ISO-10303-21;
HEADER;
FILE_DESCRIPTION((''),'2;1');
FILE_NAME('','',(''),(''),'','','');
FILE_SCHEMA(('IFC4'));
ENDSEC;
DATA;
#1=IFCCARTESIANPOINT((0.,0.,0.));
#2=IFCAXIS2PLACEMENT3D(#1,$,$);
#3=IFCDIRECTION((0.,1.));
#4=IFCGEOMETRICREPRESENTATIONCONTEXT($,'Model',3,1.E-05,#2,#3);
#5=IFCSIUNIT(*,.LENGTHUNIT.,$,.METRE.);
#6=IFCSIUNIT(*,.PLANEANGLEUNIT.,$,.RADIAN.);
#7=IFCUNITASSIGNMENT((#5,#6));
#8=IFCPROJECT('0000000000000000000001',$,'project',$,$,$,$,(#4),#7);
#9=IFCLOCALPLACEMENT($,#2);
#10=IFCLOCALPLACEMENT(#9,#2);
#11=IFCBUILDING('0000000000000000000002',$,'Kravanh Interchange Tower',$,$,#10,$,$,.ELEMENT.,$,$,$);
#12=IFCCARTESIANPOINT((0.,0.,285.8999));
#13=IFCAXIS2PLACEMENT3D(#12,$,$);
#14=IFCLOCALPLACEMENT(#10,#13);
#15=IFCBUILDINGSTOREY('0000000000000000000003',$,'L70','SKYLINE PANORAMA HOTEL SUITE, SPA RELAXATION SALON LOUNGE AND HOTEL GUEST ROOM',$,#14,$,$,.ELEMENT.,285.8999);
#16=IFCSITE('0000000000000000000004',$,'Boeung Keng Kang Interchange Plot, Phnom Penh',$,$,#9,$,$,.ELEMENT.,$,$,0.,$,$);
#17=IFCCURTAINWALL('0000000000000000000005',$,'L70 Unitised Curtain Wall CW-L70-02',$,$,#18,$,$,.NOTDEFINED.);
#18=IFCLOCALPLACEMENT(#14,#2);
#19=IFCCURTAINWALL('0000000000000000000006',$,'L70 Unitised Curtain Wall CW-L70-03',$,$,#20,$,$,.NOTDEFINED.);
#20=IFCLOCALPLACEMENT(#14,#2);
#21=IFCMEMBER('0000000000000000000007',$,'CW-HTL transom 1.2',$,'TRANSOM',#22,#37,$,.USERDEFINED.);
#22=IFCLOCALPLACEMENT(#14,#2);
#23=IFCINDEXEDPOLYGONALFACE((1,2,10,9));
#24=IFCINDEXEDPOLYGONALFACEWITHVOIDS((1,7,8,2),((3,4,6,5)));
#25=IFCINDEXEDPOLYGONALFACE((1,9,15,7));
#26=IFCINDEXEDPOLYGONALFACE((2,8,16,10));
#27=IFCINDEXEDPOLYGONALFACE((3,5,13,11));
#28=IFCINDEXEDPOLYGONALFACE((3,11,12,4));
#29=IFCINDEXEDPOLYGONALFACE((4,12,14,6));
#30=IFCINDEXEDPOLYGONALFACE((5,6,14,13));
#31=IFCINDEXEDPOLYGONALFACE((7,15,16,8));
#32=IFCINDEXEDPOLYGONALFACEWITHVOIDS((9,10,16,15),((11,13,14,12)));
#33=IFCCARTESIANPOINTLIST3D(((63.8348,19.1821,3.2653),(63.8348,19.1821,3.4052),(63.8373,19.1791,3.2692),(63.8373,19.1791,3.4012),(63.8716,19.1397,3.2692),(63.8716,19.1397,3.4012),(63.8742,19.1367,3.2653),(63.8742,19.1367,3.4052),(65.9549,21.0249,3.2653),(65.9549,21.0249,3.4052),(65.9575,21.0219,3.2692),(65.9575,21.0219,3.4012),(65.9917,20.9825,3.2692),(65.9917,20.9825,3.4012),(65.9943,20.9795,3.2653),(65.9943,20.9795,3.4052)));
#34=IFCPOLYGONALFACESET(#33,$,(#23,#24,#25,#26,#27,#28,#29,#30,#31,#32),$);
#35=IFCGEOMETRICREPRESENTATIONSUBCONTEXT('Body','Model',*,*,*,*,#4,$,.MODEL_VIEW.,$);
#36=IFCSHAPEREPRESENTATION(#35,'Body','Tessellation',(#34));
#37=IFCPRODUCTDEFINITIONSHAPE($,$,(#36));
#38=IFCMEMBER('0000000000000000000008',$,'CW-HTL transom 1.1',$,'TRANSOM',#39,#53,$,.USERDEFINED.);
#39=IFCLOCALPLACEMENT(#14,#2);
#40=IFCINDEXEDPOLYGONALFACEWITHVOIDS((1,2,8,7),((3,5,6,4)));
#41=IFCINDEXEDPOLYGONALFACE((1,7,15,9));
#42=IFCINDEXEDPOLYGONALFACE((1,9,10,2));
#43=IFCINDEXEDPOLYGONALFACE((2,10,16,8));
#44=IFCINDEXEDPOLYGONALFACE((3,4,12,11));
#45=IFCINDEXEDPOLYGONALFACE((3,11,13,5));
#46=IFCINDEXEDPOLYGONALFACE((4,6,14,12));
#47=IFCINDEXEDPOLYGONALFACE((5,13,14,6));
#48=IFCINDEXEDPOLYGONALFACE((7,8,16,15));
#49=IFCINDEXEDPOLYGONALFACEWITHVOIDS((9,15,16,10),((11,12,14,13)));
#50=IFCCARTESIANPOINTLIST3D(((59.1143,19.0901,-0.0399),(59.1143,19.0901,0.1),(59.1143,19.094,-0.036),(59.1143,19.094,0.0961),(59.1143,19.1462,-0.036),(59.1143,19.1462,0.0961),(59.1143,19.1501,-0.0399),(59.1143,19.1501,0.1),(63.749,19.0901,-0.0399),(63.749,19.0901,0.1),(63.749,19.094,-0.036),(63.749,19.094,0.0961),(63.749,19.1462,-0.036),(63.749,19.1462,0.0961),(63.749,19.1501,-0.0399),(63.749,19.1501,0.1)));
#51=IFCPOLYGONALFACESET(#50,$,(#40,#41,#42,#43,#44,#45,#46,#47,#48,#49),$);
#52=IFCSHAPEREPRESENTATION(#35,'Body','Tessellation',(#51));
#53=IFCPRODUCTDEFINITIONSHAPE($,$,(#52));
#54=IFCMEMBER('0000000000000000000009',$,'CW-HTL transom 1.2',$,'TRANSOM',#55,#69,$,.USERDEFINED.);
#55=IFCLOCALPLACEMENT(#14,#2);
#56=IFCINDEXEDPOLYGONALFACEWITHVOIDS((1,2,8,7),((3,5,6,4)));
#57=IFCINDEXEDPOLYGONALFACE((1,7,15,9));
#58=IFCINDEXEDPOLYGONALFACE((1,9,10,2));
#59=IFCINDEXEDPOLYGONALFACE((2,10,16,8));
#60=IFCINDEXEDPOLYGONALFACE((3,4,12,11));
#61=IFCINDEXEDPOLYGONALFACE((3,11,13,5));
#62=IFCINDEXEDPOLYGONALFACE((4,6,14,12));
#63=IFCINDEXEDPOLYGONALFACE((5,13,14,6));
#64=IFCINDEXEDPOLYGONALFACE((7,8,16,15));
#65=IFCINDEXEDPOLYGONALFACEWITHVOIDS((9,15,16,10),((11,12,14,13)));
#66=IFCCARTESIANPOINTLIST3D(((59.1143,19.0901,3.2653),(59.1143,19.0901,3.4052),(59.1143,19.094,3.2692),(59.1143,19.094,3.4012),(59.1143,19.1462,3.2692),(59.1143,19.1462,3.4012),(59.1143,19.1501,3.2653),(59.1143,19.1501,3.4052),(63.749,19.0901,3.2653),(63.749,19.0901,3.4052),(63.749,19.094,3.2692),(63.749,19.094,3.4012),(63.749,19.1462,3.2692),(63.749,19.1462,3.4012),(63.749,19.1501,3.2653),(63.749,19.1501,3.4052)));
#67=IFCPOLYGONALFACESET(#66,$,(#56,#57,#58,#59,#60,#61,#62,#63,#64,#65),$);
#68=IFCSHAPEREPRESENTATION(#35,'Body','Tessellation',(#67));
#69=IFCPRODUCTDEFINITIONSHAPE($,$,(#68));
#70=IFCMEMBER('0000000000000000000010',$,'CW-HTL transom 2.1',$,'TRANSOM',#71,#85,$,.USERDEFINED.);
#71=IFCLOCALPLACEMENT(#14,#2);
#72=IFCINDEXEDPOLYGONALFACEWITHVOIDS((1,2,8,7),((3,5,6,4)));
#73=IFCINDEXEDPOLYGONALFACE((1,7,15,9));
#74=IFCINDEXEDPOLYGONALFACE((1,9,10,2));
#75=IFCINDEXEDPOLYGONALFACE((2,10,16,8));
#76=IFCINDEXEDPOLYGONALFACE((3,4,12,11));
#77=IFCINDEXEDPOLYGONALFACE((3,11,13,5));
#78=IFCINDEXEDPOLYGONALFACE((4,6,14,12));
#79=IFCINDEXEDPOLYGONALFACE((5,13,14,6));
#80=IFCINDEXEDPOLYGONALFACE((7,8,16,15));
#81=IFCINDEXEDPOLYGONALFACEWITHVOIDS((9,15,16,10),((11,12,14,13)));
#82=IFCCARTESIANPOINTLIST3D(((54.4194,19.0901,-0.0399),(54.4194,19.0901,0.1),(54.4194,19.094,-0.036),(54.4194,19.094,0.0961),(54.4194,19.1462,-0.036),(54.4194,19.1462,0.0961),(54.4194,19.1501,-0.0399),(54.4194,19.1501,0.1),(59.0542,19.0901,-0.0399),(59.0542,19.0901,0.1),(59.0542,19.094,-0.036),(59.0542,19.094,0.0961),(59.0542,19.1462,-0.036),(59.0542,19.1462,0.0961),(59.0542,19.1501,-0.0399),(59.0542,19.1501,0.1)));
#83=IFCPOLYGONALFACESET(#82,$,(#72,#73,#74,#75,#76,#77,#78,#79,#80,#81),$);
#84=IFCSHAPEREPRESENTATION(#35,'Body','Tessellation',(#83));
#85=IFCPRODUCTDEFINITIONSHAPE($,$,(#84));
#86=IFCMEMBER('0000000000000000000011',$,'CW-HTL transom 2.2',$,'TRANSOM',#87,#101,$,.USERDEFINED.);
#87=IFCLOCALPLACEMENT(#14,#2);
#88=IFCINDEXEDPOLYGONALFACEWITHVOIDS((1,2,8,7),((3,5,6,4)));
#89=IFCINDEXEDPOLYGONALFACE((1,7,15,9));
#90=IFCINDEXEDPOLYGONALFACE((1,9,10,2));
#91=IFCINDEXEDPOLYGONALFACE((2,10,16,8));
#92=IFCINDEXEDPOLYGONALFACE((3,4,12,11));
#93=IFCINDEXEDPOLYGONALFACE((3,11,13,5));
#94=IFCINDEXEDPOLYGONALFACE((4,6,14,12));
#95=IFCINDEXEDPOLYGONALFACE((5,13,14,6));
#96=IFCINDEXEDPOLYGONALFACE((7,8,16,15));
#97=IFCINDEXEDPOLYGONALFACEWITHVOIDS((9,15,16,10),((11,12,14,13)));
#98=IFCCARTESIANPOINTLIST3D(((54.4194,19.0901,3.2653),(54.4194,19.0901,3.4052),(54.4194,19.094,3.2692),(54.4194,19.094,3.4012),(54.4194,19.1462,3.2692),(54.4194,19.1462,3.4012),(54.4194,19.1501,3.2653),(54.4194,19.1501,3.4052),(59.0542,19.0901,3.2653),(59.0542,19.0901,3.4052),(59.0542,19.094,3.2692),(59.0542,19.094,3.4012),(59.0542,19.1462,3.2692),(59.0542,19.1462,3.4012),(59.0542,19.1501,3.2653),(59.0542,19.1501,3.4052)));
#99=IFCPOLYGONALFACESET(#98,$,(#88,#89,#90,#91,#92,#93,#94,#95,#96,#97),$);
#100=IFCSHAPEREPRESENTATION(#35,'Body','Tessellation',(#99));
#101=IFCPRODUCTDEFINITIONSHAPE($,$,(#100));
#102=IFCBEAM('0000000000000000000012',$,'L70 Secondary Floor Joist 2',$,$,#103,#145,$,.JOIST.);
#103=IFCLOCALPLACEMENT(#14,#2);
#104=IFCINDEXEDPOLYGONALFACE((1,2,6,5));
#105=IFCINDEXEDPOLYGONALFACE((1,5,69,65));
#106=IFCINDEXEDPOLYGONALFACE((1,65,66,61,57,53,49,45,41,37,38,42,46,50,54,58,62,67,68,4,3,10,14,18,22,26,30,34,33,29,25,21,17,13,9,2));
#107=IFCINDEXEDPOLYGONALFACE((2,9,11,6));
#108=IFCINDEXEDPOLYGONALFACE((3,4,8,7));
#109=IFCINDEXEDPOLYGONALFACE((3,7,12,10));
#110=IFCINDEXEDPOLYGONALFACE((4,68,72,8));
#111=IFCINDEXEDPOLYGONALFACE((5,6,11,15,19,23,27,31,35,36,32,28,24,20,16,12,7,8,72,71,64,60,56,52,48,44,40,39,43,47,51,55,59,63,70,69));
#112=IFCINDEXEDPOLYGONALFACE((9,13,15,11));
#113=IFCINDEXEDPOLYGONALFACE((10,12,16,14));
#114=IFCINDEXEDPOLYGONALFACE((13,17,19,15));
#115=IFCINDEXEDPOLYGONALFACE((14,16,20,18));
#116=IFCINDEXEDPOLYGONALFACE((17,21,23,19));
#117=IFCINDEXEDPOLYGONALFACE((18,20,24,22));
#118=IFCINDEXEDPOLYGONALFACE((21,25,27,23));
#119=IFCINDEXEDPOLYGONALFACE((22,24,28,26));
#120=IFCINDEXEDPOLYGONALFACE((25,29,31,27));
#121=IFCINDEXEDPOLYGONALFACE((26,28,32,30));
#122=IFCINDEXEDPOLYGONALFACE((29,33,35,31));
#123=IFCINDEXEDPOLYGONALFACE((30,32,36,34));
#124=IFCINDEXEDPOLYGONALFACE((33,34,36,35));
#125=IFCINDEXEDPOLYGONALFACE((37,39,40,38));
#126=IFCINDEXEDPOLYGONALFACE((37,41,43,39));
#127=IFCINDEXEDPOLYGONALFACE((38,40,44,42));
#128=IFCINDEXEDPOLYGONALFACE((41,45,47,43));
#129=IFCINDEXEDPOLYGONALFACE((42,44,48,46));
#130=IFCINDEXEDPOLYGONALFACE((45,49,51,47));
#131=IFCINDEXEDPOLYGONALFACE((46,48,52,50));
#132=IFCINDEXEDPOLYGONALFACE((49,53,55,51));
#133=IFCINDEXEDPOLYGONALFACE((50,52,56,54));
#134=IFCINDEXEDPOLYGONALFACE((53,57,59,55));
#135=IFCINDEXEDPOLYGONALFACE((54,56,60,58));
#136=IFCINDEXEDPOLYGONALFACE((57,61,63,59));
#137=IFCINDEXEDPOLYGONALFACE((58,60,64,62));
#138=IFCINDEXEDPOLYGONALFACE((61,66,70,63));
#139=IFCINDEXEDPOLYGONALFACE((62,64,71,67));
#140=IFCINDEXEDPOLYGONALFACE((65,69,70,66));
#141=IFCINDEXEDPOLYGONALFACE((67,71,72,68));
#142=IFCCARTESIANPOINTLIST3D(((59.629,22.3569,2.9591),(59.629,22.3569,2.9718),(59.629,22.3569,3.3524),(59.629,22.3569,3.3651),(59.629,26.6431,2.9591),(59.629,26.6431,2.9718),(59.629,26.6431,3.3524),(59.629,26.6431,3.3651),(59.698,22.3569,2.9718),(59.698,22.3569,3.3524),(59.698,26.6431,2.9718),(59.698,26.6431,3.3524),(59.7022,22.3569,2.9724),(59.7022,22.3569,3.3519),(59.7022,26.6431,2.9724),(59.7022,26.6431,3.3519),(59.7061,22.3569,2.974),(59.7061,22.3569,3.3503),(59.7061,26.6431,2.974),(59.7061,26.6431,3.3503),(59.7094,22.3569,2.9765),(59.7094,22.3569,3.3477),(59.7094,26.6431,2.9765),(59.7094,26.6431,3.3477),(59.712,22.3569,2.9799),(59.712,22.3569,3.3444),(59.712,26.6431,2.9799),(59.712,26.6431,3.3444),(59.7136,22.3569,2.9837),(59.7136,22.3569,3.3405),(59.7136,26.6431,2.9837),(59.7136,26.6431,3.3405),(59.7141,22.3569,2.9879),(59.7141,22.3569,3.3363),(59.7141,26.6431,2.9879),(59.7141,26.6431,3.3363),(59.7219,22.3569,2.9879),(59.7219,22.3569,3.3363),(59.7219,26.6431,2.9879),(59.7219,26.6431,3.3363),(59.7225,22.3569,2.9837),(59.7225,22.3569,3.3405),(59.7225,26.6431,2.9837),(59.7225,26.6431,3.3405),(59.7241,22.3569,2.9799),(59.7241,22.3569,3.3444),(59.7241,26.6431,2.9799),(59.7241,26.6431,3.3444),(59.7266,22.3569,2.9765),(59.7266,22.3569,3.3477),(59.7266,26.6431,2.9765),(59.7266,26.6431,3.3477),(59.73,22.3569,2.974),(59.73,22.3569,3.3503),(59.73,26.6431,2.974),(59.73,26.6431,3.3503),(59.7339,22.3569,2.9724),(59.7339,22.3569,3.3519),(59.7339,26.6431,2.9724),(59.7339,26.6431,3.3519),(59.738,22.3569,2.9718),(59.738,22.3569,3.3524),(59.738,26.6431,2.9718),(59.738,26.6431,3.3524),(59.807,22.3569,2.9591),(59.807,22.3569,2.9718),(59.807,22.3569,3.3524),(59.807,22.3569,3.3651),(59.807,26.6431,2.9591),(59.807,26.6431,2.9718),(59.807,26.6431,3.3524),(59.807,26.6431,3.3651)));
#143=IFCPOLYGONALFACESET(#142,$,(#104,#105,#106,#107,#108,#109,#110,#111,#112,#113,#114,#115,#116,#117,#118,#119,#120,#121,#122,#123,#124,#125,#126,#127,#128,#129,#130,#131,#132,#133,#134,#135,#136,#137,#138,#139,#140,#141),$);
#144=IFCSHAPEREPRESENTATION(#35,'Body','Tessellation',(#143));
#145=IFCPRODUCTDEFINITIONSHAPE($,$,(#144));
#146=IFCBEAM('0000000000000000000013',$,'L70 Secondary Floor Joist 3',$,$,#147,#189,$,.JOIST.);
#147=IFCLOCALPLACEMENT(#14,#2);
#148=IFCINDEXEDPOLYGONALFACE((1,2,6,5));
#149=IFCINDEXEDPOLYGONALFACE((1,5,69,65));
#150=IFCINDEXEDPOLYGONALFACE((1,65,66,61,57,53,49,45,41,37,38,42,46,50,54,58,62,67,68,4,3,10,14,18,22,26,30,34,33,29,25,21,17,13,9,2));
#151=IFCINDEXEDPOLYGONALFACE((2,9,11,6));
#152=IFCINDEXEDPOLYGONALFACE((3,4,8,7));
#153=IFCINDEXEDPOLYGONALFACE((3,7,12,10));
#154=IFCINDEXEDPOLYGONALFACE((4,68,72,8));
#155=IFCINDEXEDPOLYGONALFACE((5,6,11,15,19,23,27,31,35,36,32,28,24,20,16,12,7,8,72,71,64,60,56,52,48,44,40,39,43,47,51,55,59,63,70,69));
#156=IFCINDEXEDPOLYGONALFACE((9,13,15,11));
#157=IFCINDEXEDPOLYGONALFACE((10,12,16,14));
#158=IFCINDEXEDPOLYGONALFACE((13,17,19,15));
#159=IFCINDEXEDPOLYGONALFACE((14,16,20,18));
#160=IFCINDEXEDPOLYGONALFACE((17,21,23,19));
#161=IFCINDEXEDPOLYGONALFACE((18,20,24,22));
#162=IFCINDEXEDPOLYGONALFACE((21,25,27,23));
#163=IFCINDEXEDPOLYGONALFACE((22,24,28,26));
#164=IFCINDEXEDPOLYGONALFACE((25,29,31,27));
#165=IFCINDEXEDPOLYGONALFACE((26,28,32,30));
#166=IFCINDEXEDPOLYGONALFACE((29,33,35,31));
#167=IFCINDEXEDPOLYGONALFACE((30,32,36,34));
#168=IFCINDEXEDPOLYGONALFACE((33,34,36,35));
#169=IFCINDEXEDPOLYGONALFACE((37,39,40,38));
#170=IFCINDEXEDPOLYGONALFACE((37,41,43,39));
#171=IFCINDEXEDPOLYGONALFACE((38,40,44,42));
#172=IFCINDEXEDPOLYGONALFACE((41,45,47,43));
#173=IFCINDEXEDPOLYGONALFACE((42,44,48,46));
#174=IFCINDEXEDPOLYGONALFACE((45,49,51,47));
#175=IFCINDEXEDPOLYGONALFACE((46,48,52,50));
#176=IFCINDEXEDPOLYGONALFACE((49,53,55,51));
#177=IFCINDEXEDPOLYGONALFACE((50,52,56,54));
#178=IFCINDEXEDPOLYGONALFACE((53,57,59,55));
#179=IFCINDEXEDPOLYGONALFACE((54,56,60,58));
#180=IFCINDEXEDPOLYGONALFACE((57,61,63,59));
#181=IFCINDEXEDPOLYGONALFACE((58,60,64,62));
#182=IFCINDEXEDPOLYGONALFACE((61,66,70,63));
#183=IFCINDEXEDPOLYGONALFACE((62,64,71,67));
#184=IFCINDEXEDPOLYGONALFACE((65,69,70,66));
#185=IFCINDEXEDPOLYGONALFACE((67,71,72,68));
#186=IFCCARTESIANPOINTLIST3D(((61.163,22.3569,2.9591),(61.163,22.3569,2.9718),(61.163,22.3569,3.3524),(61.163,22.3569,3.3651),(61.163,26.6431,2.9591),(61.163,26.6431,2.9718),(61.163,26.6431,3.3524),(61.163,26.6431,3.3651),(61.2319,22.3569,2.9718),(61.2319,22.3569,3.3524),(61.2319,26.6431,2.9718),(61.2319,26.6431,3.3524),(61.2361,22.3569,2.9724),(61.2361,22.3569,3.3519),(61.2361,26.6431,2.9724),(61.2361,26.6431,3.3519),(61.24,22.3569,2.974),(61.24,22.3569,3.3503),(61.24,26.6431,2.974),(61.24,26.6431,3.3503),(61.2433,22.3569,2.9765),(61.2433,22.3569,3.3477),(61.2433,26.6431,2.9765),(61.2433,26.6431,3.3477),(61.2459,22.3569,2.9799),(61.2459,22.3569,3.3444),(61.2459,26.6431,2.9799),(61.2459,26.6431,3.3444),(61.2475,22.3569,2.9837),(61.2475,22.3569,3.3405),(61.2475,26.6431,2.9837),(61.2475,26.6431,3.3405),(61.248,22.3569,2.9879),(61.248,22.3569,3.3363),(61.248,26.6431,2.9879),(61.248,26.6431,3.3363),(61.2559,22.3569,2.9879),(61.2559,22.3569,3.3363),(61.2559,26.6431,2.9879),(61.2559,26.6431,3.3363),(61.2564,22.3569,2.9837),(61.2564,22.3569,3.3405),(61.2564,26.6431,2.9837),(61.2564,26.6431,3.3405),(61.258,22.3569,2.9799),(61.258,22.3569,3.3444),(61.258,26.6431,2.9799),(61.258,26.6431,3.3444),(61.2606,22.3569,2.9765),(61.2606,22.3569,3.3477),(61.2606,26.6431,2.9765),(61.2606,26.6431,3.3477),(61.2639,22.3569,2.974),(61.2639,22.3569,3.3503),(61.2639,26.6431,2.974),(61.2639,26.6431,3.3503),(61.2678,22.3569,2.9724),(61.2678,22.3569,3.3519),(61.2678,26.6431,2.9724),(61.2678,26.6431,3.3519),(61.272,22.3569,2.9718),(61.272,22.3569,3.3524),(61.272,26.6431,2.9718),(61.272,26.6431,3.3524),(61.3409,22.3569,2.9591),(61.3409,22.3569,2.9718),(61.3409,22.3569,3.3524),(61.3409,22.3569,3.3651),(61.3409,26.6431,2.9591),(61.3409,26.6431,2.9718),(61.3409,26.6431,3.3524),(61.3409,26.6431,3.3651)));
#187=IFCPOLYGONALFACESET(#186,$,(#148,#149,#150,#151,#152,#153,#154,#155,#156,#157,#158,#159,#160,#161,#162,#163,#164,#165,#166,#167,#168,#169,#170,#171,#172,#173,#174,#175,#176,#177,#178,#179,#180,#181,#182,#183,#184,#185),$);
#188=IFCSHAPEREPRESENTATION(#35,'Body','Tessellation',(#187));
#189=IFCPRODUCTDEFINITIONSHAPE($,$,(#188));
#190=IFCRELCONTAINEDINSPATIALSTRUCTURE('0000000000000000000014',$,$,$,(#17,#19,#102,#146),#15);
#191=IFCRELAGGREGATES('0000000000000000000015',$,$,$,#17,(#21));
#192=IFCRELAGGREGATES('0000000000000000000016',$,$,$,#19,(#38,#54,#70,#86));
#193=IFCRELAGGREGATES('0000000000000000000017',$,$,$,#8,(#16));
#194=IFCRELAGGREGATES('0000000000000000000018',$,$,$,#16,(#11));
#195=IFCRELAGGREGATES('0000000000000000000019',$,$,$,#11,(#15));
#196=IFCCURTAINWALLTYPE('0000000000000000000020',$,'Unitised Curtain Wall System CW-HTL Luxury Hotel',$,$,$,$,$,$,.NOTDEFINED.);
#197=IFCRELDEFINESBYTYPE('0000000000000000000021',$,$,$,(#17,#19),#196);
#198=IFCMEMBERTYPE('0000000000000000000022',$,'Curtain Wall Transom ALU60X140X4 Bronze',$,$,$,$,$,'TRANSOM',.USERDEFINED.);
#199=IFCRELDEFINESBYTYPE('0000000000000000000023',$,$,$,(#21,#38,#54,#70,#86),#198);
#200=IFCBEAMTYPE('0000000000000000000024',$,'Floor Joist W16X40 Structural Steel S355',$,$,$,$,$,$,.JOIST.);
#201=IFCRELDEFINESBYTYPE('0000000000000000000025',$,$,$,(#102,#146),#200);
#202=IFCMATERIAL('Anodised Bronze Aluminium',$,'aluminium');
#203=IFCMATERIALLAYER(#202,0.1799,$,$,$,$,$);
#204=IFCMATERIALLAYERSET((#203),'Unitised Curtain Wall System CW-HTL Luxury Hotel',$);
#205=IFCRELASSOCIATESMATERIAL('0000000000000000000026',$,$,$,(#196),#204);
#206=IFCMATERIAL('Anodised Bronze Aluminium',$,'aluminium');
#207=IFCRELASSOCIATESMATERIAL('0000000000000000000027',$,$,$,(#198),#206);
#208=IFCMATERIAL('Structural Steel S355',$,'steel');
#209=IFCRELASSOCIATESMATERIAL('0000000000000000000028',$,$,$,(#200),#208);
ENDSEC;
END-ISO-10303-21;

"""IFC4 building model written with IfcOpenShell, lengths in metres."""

from ifc_helpers import new_model, si_unit, direction, frame, origin, origin_2d, place, context, subcontext, project, spatial, hollow_rectangle, i_section, extrude, material, layer, layer_set, material_profile, profile_set, type_object, element, aggregate, save


model = new_model("IFC4")

# Units and contexts
model_context = context("Model", 3, precision=1e-05, world=origin(), true_north=direction((0.0, 1.0)))
body_context = subcontext(model_context, "Body", "Model", "MODEL_VIEW")
ifc_project = project(units=[si_unit("LENGTHUNIT", "METRE"), si_unit("PLANEANGLEUNIT", "RADIAN")], contexts=[model_context])

# Site, building, storey
site_placement = place(None, origin())
site = spatial("IfcSite", under=ifc_project, at=site_placement, Name="Boeung Keng Kang Interchange Plot, Phnom Penh", CompositionType="ELEMENT", RefElevation=0.0)
building_placement = place(site_placement, origin())
building = spatial("IfcBuilding", under=site, at=building_placement, Name="Kravanh Interchange Tower", CompositionType="ELEMENT")
storey_placement = place(building_placement, frame((0.0, 0.0, 285.8999)))
storey = spatial("IfcBuildingStorey", under=building, at=storey_placement, Name="L70", Description="SKYLINE PANORAMA HOTEL SUITE, SPA RELAXATION SALON LOUNGE AND HOTEL GUEST ROOM", CompositionType="ELEMENT", Elevation=285.8999)

# Curtain walls
ifc_material_1 = material(Name="Anodised Bronze Aluminium", Category="aluminium")
ifc_layer_1 = layer(ifc_material_1, 0.1799)
ifc_layer_set_1 = layer_set([ifc_layer_1], Name="Unitised Curtain Wall System CW-HTL Luxury Hotel")
curtain_wall_type = type_object("IfcCurtainWallType", Name="Unitised Curtain Wall System CW-HTL Luxury Hotel", PredefinedType="NOTDEFINED", material=ifc_layer_set_1)
curtain_wall_1_placement = place(storey_placement, origin())
curtain_wall_1 = element("IfcCurtainWall", 1, at=curtain_wall_1_placement, inside=storey, type_object=curtain_wall_type, Name="L70 Unitised Curtain Wall CW-L70-02", PredefinedType="NOTDEFINED")
curtain_wall_2_placement = place(storey_placement, origin())
curtain_wall_2 = element("IfcCurtainWall", 2, at=curtain_wall_2_placement, inside=storey, type_object=curtain_wall_type, Name="L70 Unitised Curtain Wall CW-L70-03", PredefinedType="NOTDEFINED")

# Members
ifc_material_2 = material(Name="Anodised Bronze Aluminium", Category="aluminium")
ifc_material_profile_1 = material_profile(ifc_material_2, hollow_rectangle(XDim=0.0601, YDim=0.1399, WallThickness=0.0039, at=origin_2d()), Name="ALU60X140X4")
ifc_profile_set_1 = profile_set([ifc_material_profile_1], Name="Anodised Bronze Aluminium")
member_type_1 = type_object("IfcMemberType", Name="Curtain Wall Transom ALU60X140X4 Bronze", ElementType="TRANSOM", PredefinedType="USERDEFINED", material=ifc_profile_set_1)
member_1_placement = place(storey_placement, frame((65.9746, 21.0022, 3.3352), z_axis=(-0.754748, -0.656015, 0.0), x_axis=(0.656015, -0.754748, 0.0)))
member_1 = element("IfcMember", 3, at=member_1_placement, type_object=member_type_1, Name="CW-HTL transom 1.2", ObjectType="TRANSOM", PredefinedType="USERDEFINED", context=body_context, shape_type="SweptSolid", body=[
    extrude(hollow_rectangle(XDim=0.0601, YDim=0.1399, WallThickness=0.0039, at=origin_2d()), origin(), (0.0, 0.0, 1.0), 2.8091),
])
member_2_placement = place(storey_placement, frame((63.749, 19.1201, 0.03), z_axis=(-1.0, 0.0, 0.0), x_axis=(0.0, -1.0, 0.0)))
member_2 = element("IfcMember", 4, at=member_2_placement, type_object=member_type_1, Name="CW-HTL transom 1.1", ObjectType="TRANSOM", PredefinedType="USERDEFINED", context=body_context, shape_type="SweptSolid", body=[
    extrude(hollow_rectangle(XDim=0.0601, YDim=0.1399, WallThickness=0.0039, at=origin_2d()), origin(), (0.0, 0.0, 1.0), 4.6348),
])
member_3_placement = place(storey_placement, frame((63.749, 19.1201, 3.3352), z_axis=(-1.0, 0.0, 0.0), x_axis=(0.0, -1.0, 0.0)))
member_3 = element("IfcMember", 5, at=member_3_placement, type_object=member_type_1, Name="CW-HTL transom 1.2", ObjectType="TRANSOM", PredefinedType="USERDEFINED", context=body_context, shape_type="SweptSolid", body=[
    extrude(hollow_rectangle(XDim=0.0601, YDim=0.1399, WallThickness=0.0039, at=origin_2d()), origin(), (0.0, 0.0, 1.0), 4.6348),
])
member_4_placement = place(storey_placement, frame((59.0542, 19.1201, 0.03), z_axis=(-1.0, 0.0, 0.0), x_axis=(0.0, -1.0, 0.0)))
member_4 = element("IfcMember", 6, at=member_4_placement, type_object=member_type_1, Name="CW-HTL transom 2.1", ObjectType="TRANSOM", PredefinedType="USERDEFINED", context=body_context, shape_type="SweptSolid", body=[
    extrude(hollow_rectangle(XDim=0.0601, YDim=0.1399, WallThickness=0.0039, at=origin_2d()), origin(), (0.0, 0.0, 1.0), 4.6348),
])
member_5_placement = place(storey_placement, frame((59.0542, 19.1201, 3.3352), z_axis=(-1.0, 0.0, 0.0), x_axis=(0.0, -1.0, 0.0)))
member_5 = element("IfcMember", 7, at=member_5_placement, type_object=member_type_1, Name="CW-HTL transom 2.2", ObjectType="TRANSOM", PredefinedType="USERDEFINED", context=body_context, shape_type="SweptSolid", body=[
    extrude(hollow_rectangle(XDim=0.0601, YDim=0.1399, WallThickness=0.0039, at=origin_2d()), origin(), (0.0, 0.0, 1.0), 4.6348),
])

# Beams
ifc_material_3 = material(Name="Structural Steel S355", Category="steel")
ifc_material_profile_2 = material_profile(ifc_material_3, i_section(OverallWidth=0.178, OverallDepth=0.406, WebThickness=0.0078, FlangeThickness=0.0127, FilletRadius=0.0161, at=origin_2d()), Name="W16X40")
ifc_profile_set_2 = profile_set([ifc_material_profile_2], Name="Structural Steel S355")
beam_type_1 = type_object("IfcBeamType", Name="Floor Joist W16X40 Structural Steel S355", PredefinedType="JOIST", material=ifc_profile_set_2)
for number, where, z_axis, x_axis, name in (
    (8, (59.718, 22.3569, 3.1621), (0.0, 1.0, 0.0), (-1.0, 0.0, 0.0), "L70 Secondary Floor Joist 2"),
    (9, (61.252, 22.3569, 3.1621), (0.0, 1.0, 0.0), (-1.0, 0.0, 0.0), "L70 Secondary Floor Joist 3"),
):
    element("IfcBeam", number, at=place(storey_placement, frame(where, z_axis=z_axis, x_axis=x_axis)), inside=storey, type_object=beam_type_1, Name=name, PredefinedType="JOIST", context=body_context, shape_type="SweptSolid", body=[
        extrude(i_section(OverallWidth=0.178, OverallDepth=0.406, WebThickness=0.0078, FlangeThickness=0.0127, FilletRadius=0.0161, at=origin_2d()), origin(), (0.0, 0.0, 1.0), 4.2861),
    ])

aggregate(curtain_wall_1, [member_1])
aggregate(curtain_wall_2, [member_2, member_3, member_4, member_5])

save(model, "model.ifc")
